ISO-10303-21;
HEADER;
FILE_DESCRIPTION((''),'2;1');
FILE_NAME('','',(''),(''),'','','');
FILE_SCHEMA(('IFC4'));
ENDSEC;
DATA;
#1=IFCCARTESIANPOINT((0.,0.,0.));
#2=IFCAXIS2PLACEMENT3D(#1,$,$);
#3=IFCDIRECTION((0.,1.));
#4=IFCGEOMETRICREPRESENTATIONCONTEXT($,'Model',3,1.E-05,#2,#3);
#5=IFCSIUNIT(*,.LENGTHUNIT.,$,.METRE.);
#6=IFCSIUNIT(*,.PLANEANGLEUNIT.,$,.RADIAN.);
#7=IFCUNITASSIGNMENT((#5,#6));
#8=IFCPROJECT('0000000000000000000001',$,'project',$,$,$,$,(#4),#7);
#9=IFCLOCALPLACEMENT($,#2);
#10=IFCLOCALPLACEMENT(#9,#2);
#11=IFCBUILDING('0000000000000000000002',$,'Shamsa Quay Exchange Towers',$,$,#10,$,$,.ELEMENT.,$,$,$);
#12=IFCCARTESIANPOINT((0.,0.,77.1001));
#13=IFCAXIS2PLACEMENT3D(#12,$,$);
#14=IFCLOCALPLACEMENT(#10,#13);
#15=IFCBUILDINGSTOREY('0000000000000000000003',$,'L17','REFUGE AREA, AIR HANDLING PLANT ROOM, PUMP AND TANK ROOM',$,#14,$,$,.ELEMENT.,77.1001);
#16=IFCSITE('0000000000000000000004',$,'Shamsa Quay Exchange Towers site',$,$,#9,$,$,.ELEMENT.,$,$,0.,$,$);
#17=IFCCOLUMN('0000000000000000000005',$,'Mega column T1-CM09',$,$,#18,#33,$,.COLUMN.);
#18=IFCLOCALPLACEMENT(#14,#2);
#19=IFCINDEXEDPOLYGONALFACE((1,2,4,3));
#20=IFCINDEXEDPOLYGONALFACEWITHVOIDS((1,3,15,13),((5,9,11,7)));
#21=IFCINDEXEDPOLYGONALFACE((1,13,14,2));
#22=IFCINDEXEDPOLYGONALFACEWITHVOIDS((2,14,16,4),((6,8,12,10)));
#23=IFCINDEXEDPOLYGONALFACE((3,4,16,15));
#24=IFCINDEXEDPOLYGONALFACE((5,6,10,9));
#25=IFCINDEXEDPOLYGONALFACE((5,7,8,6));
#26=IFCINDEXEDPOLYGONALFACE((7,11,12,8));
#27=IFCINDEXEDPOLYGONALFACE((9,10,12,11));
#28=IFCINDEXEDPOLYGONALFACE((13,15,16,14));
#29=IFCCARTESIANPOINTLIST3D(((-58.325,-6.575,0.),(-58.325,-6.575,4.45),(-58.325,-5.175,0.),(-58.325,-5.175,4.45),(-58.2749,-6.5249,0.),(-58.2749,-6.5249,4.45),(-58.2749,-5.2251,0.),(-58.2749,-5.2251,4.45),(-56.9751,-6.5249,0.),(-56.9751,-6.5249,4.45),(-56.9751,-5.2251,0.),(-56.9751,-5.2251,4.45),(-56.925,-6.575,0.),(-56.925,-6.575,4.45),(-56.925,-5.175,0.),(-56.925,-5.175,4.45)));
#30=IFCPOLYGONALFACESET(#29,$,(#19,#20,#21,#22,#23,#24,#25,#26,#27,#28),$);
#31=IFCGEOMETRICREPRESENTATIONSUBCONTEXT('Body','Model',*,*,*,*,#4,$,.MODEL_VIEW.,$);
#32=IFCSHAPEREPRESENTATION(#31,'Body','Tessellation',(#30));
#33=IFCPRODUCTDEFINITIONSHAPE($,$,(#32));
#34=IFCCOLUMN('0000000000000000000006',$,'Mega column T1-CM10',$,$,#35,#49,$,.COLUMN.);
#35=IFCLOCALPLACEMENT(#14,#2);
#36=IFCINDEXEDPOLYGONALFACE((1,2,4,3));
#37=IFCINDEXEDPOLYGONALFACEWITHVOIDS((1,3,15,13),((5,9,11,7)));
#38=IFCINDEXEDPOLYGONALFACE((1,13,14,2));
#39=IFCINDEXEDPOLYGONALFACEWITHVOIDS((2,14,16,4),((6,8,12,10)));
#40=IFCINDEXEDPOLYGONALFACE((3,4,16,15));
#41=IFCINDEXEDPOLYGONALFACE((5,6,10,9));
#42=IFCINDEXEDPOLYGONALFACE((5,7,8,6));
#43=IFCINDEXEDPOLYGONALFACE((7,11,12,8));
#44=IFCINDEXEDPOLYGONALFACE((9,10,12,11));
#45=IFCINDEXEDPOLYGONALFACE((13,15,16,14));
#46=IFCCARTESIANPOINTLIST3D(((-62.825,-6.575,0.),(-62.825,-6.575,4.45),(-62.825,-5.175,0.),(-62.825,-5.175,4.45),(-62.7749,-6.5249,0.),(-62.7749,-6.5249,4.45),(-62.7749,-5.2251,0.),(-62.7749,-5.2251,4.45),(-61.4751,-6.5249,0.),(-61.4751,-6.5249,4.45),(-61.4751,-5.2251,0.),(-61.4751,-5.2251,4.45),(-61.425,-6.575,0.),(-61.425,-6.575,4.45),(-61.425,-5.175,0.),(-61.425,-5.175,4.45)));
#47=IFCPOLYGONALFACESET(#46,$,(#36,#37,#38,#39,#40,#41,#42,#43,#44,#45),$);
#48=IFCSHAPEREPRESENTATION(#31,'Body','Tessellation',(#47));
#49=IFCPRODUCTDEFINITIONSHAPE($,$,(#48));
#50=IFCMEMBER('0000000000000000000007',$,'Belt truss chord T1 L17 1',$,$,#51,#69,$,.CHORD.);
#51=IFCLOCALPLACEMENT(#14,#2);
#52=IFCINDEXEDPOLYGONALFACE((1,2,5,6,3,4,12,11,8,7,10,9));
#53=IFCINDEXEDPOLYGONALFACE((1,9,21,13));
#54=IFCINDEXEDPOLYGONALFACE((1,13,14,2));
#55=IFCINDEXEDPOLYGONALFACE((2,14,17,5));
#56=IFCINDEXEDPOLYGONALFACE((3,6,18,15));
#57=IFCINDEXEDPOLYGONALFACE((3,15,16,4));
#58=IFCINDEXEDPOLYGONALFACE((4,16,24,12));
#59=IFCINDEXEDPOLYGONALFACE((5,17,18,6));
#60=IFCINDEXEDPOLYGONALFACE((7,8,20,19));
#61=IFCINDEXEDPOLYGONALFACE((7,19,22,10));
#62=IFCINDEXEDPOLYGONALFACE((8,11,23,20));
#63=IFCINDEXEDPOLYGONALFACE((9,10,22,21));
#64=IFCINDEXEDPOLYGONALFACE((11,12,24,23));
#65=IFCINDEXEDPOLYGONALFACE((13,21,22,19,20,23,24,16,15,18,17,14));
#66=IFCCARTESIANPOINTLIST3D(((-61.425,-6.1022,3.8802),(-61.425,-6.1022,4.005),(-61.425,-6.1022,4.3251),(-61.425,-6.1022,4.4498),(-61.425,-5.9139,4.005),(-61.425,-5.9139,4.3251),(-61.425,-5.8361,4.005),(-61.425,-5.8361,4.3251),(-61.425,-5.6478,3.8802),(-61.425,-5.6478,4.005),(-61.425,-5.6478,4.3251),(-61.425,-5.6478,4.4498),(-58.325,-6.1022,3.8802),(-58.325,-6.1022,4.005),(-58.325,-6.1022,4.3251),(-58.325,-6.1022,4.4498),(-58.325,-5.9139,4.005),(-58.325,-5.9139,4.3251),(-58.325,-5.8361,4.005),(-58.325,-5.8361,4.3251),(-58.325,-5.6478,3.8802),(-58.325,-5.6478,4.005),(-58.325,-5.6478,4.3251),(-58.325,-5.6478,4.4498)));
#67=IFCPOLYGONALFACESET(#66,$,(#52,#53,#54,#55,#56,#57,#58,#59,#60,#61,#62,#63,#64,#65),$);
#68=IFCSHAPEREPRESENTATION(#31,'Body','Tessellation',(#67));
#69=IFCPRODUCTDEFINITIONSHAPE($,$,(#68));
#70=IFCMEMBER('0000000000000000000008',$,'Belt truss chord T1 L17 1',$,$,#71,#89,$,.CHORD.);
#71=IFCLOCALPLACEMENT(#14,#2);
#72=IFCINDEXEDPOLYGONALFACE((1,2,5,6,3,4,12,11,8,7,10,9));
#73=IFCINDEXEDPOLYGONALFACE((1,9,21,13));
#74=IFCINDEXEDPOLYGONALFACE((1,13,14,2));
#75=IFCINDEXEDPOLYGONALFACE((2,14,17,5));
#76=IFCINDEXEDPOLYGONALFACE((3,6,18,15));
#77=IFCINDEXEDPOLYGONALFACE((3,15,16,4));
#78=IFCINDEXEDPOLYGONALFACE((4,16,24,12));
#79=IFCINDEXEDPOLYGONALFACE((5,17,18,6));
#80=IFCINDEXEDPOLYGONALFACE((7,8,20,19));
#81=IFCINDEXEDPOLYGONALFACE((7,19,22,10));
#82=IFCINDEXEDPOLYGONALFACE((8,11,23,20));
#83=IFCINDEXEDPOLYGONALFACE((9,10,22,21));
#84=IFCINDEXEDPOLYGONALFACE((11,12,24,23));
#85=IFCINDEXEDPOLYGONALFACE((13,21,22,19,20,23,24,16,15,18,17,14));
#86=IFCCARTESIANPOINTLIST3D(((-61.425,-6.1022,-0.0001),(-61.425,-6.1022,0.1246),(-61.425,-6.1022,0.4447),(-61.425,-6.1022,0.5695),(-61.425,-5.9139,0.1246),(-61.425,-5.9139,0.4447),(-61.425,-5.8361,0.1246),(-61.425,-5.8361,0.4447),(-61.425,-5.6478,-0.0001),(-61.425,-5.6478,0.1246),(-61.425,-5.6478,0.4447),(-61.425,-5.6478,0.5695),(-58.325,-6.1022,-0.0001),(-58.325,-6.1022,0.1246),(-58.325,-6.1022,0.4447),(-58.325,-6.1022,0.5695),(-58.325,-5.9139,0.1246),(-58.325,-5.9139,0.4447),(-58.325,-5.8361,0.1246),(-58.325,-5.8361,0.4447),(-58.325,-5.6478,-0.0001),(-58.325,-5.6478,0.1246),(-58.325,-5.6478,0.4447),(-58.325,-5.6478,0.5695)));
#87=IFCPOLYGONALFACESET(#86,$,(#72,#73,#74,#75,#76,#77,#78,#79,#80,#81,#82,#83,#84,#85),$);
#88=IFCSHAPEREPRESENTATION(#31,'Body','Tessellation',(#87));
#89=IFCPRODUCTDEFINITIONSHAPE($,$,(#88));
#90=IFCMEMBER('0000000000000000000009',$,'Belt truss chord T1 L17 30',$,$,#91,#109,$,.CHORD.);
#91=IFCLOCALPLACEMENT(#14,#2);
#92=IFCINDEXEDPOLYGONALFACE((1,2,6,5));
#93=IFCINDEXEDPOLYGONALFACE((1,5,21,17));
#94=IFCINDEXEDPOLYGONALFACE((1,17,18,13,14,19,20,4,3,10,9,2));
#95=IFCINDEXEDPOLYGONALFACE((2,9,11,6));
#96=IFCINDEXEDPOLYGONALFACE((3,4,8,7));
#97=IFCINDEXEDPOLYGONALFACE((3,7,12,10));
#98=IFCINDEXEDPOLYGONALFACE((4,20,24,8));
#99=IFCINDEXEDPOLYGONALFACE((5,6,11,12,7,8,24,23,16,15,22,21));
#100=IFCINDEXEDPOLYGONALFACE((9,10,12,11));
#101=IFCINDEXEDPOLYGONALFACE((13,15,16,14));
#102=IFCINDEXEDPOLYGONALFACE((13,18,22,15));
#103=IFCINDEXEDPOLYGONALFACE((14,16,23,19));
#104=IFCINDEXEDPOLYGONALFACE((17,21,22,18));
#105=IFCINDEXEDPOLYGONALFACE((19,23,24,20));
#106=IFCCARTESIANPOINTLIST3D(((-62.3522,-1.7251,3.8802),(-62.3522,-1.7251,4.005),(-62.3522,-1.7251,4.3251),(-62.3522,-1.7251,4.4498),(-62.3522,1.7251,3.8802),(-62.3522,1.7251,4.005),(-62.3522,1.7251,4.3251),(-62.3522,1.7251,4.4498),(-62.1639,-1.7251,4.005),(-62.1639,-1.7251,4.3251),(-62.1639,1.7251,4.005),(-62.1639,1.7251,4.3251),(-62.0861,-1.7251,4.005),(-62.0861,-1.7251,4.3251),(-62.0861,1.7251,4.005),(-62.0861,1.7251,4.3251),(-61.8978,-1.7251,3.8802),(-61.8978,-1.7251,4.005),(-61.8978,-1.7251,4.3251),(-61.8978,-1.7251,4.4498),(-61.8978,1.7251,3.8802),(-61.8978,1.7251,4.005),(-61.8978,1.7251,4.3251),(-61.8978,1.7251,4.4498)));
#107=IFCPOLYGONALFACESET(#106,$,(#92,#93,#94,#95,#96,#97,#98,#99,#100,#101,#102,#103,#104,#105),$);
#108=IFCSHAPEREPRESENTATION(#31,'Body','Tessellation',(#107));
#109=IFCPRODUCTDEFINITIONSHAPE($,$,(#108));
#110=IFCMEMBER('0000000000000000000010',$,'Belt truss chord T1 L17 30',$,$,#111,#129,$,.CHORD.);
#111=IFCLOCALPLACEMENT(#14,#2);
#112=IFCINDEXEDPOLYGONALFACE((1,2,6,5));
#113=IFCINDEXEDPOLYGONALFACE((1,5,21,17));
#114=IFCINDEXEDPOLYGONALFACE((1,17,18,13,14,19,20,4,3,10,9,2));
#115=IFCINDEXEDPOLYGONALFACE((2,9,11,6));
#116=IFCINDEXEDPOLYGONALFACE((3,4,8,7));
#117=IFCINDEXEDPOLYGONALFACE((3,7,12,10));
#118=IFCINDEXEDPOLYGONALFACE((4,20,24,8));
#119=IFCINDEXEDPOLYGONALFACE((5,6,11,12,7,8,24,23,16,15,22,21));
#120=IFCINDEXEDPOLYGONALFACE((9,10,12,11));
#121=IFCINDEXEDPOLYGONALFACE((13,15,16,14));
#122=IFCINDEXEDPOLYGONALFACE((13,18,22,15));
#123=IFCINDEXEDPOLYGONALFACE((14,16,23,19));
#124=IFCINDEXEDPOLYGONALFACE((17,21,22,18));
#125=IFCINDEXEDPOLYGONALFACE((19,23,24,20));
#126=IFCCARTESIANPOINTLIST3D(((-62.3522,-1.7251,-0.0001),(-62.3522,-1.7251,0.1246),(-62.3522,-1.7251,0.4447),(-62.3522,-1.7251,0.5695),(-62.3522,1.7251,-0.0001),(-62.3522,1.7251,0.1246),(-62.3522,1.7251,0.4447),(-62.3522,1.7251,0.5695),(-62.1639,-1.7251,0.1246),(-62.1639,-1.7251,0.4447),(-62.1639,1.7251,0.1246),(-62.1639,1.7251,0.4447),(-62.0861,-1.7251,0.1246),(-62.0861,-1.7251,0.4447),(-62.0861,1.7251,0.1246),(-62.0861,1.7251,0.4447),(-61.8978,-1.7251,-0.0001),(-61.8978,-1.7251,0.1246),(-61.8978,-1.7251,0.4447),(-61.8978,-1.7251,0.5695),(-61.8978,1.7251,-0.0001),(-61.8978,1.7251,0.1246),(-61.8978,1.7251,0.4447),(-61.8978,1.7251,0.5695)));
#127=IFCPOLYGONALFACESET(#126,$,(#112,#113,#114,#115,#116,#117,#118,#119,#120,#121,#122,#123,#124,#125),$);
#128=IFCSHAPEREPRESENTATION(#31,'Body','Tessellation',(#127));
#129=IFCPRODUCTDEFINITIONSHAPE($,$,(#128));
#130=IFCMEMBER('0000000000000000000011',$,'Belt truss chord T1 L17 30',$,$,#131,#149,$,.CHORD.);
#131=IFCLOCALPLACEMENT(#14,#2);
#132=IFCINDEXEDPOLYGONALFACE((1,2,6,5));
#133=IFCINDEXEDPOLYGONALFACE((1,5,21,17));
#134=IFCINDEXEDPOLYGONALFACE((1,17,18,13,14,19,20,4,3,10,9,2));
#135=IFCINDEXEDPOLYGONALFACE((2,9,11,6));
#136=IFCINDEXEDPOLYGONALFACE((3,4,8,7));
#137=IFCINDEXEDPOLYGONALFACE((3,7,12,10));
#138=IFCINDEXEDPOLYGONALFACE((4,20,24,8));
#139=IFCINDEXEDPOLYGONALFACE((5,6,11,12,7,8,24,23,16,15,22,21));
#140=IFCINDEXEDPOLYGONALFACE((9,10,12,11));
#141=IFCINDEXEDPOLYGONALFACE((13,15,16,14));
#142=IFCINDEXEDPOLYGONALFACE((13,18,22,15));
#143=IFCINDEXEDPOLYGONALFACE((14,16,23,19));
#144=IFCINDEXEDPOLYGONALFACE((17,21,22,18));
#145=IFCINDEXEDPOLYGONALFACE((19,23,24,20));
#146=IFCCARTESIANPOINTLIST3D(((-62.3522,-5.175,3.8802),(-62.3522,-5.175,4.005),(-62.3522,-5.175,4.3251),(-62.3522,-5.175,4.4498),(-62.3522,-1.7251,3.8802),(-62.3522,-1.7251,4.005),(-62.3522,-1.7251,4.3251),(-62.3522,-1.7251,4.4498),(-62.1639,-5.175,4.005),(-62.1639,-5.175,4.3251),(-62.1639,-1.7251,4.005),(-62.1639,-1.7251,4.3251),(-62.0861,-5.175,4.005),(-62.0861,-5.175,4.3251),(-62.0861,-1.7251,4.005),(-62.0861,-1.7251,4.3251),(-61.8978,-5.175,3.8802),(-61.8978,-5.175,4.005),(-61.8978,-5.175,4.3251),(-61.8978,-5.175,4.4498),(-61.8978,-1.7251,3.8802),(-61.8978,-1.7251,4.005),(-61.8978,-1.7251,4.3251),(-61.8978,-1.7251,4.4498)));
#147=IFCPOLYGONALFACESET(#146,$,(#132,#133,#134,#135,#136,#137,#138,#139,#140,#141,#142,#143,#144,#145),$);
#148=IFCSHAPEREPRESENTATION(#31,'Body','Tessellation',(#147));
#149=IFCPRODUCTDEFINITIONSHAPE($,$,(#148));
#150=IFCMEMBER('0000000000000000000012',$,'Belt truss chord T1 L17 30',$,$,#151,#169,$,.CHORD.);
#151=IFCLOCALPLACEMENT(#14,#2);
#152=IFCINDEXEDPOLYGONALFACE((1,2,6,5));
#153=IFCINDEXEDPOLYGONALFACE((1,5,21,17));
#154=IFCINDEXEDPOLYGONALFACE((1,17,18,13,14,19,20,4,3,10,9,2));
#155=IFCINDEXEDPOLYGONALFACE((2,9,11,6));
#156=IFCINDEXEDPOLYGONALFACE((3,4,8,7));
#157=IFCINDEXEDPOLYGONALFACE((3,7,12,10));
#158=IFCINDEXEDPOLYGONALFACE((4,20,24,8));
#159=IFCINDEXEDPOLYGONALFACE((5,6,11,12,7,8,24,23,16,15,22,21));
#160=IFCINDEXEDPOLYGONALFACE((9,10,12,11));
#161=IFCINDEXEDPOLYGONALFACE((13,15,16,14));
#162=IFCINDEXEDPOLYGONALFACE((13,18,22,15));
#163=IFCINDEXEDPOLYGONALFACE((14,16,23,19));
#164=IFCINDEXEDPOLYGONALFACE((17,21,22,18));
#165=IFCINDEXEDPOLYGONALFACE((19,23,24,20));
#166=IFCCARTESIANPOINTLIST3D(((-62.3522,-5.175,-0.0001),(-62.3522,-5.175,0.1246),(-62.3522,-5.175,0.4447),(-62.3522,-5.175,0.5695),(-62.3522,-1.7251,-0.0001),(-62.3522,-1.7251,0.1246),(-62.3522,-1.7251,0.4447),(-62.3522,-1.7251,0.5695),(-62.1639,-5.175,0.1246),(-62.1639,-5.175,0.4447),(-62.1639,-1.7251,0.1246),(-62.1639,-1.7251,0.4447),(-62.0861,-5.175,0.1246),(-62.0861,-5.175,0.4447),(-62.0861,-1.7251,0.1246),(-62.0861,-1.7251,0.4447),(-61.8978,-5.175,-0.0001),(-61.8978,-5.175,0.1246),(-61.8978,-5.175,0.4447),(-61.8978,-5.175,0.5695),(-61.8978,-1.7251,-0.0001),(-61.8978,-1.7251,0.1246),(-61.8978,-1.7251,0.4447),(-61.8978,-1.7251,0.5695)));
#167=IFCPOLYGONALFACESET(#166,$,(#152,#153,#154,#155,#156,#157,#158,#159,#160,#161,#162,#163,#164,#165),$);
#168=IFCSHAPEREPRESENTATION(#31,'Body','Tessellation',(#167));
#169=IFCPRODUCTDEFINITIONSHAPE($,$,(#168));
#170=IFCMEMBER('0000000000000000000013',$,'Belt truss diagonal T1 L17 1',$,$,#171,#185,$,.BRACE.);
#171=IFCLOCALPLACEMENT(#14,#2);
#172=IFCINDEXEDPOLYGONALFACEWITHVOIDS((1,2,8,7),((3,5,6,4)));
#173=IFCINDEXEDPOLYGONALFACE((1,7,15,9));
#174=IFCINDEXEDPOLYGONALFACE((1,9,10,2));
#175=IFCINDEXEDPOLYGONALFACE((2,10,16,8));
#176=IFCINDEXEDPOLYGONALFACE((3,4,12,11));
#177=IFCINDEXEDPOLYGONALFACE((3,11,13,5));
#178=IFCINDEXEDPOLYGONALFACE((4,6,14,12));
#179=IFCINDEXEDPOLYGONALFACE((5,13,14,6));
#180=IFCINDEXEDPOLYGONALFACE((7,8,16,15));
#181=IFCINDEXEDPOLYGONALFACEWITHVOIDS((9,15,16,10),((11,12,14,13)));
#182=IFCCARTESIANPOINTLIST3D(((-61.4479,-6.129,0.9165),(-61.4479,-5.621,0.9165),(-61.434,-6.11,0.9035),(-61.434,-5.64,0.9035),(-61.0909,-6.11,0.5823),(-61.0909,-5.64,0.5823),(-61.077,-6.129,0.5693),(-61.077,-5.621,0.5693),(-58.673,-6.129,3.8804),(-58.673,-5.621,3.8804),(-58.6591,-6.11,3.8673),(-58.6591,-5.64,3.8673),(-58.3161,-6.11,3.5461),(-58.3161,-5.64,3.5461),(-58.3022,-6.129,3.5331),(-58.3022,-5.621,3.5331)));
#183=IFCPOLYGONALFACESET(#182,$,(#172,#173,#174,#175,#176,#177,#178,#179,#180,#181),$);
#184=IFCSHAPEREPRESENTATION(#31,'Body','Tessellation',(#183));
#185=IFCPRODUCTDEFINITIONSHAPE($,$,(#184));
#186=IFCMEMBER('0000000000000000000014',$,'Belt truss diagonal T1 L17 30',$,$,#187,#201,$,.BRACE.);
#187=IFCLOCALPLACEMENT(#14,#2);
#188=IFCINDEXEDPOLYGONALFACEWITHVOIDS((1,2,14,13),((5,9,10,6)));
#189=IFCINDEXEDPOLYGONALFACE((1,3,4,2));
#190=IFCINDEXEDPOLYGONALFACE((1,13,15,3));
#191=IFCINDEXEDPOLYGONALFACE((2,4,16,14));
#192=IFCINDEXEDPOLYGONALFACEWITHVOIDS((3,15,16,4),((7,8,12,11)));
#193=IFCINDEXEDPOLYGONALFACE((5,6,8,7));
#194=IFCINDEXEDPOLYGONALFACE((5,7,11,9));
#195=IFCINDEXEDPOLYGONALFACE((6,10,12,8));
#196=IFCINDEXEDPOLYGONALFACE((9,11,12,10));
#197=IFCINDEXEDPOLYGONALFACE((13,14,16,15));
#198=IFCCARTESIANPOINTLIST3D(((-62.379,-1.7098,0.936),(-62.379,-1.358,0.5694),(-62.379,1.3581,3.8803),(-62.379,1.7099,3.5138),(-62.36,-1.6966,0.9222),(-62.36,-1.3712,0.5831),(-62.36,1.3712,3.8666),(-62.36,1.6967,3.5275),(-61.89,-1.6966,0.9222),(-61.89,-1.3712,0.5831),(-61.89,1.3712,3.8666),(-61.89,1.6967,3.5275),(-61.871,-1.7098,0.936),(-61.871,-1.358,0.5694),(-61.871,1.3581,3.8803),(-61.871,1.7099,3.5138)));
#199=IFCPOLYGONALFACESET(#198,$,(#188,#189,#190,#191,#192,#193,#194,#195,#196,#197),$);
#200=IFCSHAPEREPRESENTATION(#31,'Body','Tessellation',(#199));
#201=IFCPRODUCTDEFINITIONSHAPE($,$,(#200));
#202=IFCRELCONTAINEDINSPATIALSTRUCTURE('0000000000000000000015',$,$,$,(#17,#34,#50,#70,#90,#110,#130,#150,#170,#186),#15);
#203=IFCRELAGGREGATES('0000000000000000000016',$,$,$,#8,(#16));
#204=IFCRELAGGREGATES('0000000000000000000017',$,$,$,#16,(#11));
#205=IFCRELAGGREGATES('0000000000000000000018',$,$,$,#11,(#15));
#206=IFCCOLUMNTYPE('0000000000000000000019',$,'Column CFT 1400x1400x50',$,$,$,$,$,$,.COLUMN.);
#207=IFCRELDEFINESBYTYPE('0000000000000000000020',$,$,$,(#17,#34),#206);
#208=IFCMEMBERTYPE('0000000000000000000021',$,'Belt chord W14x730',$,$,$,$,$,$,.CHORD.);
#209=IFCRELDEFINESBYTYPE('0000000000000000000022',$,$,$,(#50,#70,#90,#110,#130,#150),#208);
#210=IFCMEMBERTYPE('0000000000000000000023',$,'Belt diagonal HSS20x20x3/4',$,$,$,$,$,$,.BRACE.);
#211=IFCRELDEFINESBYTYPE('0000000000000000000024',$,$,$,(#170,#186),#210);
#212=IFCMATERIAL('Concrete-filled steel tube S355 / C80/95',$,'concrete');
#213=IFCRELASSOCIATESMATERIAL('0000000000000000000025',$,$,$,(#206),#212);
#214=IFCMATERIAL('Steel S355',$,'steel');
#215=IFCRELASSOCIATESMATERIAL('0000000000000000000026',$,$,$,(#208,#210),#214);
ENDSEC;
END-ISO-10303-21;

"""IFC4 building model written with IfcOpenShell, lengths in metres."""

from ifc_helpers import new_model, si_unit, direction, frame, origin, origin_2d, place, context, subcontext, project, spatial, hollow_rectangle, i_section, extrude, material, material_profile, profile_set, type_object, element, save


model = new_model("IFC4")

# Units and contexts
model_context = context("Model", 3, precision=1e-05, world=origin(), true_north=direction((0.0, 1.0)))
body_context = subcontext(model_context, "Body", "Model", "MODEL_VIEW")
ifc_project = project(units=[si_unit("LENGTHUNIT", "METRE"), si_unit("PLANEANGLEUNIT", "RADIAN")], contexts=[model_context])

# Site, building, storey
site_placement = place(None, origin())
site = spatial("IfcSite", under=ifc_project, at=site_placement, Name="Shamsa Quay Exchange Towers site", CompositionType="ELEMENT", RefElevation=0.0)
building_placement = place(site_placement, origin())
building = spatial("IfcBuilding", under=site, at=building_placement, Name="Shamsa Quay Exchange Towers", CompositionType="ELEMENT")
storey_placement = place(building_placement, frame((0.0, 0.0, 77.1001)))
storey = spatial("IfcBuildingStorey", under=building, at=storey_placement, Name="L17", Description="REFUGE AREA, AIR HANDLING PLANT ROOM, PUMP AND TANK ROOM", CompositionType="ELEMENT", Elevation=77.1001)

# Columns
ifc_material_1 = material(Name="Concrete-filled steel tube S355 / C80/95", Category="concrete")
ifc_material_profile_1 = material_profile(ifc_material_1, hollow_rectangle(XDim=1.3999, YDim=1.3999, WallThickness=0.05, at=origin_2d()), Name="CFT 1400x1400x50")
ifc_profile_set_1 = profile_set([ifc_material_profile_1], Name="Concrete-filled steel tube S355 / C80/95")
column_type = type_object("IfcColumnType", Name="Column CFT 1400x1400x50", PredefinedType="COLUMN", material=ifc_profile_set_1)
for number, where, name in (
    (1, (-57.625, -5.875, 0.0), "Mega column T1-CM09"),
    (2, (-62.125, -5.875, 0.0), "Mega column T1-CM10"),
):
    element("IfcColumn", number, at=place(storey_placement, frame(where)), inside=storey, type_object=column_type, Name=name, PredefinedType="COLUMN", context=body_context, shape_type="SweptSolid", body=[
        extrude(hollow_rectangle(XDim=1.3999, YDim=1.3999, WallThickness=0.05, at=origin_2d()), origin(), (0.0, 0.0, 1.0), 4.45),
    ])

# Members
ifc_material_2 = material(Name="Steel S355", Category="steel")
ifc_material_profile_2 = material_profile(ifc_material_2, i_section(OverallWidth=0.4543, OverallDepth=0.5696, WebThickness=0.0779, FlangeThickness=0.1248, at=origin_2d()), Name="W14x730")
ifc_profile_set_2 = profile_set([ifc_material_profile_2], Name="Steel S355")
member_type_1 = type_object("IfcMemberType", Name="Belt chord W14x730", PredefinedType="CHORD", material=ifc_profile_set_2)
for number, where, z_axis, x_axis, name in (
    (3, (-61.425, -5.875, 4.165), (1.0, 0.0, 0.0), (0.0, 1.0, 0.0), "Belt truss chord T1 L17 1"),
    (4, (-61.425, -5.875, 0.2847), (1.0, 0.0, 0.0), (0.0, 1.0, 0.0), "Belt truss chord T1 L17 1"),
):
    element("IfcMember", number, at=place(storey_placement, frame(where, z_axis=z_axis, x_axis=x_axis)), inside=storey, type_object=member_type_1, Name=name, PredefinedType="CHORD", context=body_context, shape_type="SweptSolid", body=[
        extrude(i_section(OverallWidth=0.4543, OverallDepth=0.5696, WebThickness=0.0779, FlangeThickness=0.1248, at=origin_2d()), origin(), (0.0, 0.0, 1.0), 3.1001),
    ])
for number, where, z_axis, x_axis, name in (
    (5, (-62.125, 1.7251, 4.165), (0.0, -1.0, 0.0), (1.0, 0.0, 0.0), "Belt truss chord T1 L17 30"),
    (6, (-62.125, 1.7251, 0.2847), (0.0, -1.0, 0.0), (1.0, 0.0, 0.0), "Belt truss chord T1 L17 30"),
):
    element("IfcMember", number, at=place(storey_placement, frame(where, z_axis=z_axis, x_axis=x_axis)), inside=storey, type_object=member_type_1, Name=name, PredefinedType="CHORD", context=body_context, shape_type="SweptSolid", body=[
        extrude(i_section(OverallWidth=0.4543, OverallDepth=0.5696, WebThickness=0.0779, FlangeThickness=0.1248, at=origin_2d()), origin(), (0.0, 0.0, 1.0), 3.4502),
    ])
for number, where, z_axis, x_axis, name in (
    (7, (-62.125, -1.7251, 4.165), (0.0, -1.0, 0.0), (1.0, 0.0, 0.0), "Belt truss chord T1 L17 30"),
    (8, (-62.125, -1.7251, 0.2847), (0.0, -1.0, 0.0), (1.0, 0.0, 0.0), "Belt truss chord T1 L17 30"),
):
    element("IfcMember", number, at=place(storey_placement, frame(where, z_axis=z_axis, x_axis=x_axis)), inside=storey, type_object=member_type_1, Name=name, PredefinedType="CHORD", context=body_context, shape_type="SweptSolid", body=[
        extrude(i_section(OverallWidth=0.4543, OverallDepth=0.5696, WebThickness=0.0779, FlangeThickness=0.1248, at=origin_2d()), origin(), (0.0, 0.0, 1.0), 3.45),
    ])
ifc_material_profile_3 = material_profile(ifc_material_2, hollow_rectangle(XDim=0.5081, YDim=0.5081, WallThickness=0.019, at=origin_2d()), Name="HSS20x20x3/4")
ifc_profile_set_3 = profile_set([ifc_material_profile_3], Name="Steel S355")
member_type_2 = type_object("IfcMemberType", Name="Belt diagonal HSS20x20x3/4", PredefinedType="BRACE", material=ifc_profile_set_3)
member_1_placement = place(storey_placement, frame((-61.2625, -5.875, 0.7429), z_axis=(0.683453, 0.0, 0.729995), x_axis=(0.0, 1.0, 0.0)))
element("IfcMember", 9, at=member_1_placement, inside=storey, type_object=member_type_2, Name="Belt truss diagonal T1 L17 1", PredefinedType="BRACE", context=body_context, shape_type="SweptSolid", body=[
    extrude(hollow_rectangle(XDim=0.5081, YDim=0.5081, WallThickness=0.019, at=origin_2d()), origin(), (0.0, 0.0, 1.0), 4.0601),
])
member_2_placement = place(storey_placement, frame((-62.125, -1.5339, 0.7527), z_axis=(0.0, 0.721484, 0.692431), x_axis=(-1.0, 0.0, 0.0)))
element("IfcMember", 10, at=member_2_placement, inside=storey, type_object=member_type_2, Name="Belt truss diagonal T1 L17 30", PredefinedType="BRACE", context=body_context, shape_type="SweptSolid", body=[
    extrude(hollow_rectangle(XDim=0.5081, YDim=0.5081, WallThickness=0.019, at=origin_2d()), origin(), (0.0, 0.0, 1.0), 4.2522),
])

save(model, "model.ifc")
